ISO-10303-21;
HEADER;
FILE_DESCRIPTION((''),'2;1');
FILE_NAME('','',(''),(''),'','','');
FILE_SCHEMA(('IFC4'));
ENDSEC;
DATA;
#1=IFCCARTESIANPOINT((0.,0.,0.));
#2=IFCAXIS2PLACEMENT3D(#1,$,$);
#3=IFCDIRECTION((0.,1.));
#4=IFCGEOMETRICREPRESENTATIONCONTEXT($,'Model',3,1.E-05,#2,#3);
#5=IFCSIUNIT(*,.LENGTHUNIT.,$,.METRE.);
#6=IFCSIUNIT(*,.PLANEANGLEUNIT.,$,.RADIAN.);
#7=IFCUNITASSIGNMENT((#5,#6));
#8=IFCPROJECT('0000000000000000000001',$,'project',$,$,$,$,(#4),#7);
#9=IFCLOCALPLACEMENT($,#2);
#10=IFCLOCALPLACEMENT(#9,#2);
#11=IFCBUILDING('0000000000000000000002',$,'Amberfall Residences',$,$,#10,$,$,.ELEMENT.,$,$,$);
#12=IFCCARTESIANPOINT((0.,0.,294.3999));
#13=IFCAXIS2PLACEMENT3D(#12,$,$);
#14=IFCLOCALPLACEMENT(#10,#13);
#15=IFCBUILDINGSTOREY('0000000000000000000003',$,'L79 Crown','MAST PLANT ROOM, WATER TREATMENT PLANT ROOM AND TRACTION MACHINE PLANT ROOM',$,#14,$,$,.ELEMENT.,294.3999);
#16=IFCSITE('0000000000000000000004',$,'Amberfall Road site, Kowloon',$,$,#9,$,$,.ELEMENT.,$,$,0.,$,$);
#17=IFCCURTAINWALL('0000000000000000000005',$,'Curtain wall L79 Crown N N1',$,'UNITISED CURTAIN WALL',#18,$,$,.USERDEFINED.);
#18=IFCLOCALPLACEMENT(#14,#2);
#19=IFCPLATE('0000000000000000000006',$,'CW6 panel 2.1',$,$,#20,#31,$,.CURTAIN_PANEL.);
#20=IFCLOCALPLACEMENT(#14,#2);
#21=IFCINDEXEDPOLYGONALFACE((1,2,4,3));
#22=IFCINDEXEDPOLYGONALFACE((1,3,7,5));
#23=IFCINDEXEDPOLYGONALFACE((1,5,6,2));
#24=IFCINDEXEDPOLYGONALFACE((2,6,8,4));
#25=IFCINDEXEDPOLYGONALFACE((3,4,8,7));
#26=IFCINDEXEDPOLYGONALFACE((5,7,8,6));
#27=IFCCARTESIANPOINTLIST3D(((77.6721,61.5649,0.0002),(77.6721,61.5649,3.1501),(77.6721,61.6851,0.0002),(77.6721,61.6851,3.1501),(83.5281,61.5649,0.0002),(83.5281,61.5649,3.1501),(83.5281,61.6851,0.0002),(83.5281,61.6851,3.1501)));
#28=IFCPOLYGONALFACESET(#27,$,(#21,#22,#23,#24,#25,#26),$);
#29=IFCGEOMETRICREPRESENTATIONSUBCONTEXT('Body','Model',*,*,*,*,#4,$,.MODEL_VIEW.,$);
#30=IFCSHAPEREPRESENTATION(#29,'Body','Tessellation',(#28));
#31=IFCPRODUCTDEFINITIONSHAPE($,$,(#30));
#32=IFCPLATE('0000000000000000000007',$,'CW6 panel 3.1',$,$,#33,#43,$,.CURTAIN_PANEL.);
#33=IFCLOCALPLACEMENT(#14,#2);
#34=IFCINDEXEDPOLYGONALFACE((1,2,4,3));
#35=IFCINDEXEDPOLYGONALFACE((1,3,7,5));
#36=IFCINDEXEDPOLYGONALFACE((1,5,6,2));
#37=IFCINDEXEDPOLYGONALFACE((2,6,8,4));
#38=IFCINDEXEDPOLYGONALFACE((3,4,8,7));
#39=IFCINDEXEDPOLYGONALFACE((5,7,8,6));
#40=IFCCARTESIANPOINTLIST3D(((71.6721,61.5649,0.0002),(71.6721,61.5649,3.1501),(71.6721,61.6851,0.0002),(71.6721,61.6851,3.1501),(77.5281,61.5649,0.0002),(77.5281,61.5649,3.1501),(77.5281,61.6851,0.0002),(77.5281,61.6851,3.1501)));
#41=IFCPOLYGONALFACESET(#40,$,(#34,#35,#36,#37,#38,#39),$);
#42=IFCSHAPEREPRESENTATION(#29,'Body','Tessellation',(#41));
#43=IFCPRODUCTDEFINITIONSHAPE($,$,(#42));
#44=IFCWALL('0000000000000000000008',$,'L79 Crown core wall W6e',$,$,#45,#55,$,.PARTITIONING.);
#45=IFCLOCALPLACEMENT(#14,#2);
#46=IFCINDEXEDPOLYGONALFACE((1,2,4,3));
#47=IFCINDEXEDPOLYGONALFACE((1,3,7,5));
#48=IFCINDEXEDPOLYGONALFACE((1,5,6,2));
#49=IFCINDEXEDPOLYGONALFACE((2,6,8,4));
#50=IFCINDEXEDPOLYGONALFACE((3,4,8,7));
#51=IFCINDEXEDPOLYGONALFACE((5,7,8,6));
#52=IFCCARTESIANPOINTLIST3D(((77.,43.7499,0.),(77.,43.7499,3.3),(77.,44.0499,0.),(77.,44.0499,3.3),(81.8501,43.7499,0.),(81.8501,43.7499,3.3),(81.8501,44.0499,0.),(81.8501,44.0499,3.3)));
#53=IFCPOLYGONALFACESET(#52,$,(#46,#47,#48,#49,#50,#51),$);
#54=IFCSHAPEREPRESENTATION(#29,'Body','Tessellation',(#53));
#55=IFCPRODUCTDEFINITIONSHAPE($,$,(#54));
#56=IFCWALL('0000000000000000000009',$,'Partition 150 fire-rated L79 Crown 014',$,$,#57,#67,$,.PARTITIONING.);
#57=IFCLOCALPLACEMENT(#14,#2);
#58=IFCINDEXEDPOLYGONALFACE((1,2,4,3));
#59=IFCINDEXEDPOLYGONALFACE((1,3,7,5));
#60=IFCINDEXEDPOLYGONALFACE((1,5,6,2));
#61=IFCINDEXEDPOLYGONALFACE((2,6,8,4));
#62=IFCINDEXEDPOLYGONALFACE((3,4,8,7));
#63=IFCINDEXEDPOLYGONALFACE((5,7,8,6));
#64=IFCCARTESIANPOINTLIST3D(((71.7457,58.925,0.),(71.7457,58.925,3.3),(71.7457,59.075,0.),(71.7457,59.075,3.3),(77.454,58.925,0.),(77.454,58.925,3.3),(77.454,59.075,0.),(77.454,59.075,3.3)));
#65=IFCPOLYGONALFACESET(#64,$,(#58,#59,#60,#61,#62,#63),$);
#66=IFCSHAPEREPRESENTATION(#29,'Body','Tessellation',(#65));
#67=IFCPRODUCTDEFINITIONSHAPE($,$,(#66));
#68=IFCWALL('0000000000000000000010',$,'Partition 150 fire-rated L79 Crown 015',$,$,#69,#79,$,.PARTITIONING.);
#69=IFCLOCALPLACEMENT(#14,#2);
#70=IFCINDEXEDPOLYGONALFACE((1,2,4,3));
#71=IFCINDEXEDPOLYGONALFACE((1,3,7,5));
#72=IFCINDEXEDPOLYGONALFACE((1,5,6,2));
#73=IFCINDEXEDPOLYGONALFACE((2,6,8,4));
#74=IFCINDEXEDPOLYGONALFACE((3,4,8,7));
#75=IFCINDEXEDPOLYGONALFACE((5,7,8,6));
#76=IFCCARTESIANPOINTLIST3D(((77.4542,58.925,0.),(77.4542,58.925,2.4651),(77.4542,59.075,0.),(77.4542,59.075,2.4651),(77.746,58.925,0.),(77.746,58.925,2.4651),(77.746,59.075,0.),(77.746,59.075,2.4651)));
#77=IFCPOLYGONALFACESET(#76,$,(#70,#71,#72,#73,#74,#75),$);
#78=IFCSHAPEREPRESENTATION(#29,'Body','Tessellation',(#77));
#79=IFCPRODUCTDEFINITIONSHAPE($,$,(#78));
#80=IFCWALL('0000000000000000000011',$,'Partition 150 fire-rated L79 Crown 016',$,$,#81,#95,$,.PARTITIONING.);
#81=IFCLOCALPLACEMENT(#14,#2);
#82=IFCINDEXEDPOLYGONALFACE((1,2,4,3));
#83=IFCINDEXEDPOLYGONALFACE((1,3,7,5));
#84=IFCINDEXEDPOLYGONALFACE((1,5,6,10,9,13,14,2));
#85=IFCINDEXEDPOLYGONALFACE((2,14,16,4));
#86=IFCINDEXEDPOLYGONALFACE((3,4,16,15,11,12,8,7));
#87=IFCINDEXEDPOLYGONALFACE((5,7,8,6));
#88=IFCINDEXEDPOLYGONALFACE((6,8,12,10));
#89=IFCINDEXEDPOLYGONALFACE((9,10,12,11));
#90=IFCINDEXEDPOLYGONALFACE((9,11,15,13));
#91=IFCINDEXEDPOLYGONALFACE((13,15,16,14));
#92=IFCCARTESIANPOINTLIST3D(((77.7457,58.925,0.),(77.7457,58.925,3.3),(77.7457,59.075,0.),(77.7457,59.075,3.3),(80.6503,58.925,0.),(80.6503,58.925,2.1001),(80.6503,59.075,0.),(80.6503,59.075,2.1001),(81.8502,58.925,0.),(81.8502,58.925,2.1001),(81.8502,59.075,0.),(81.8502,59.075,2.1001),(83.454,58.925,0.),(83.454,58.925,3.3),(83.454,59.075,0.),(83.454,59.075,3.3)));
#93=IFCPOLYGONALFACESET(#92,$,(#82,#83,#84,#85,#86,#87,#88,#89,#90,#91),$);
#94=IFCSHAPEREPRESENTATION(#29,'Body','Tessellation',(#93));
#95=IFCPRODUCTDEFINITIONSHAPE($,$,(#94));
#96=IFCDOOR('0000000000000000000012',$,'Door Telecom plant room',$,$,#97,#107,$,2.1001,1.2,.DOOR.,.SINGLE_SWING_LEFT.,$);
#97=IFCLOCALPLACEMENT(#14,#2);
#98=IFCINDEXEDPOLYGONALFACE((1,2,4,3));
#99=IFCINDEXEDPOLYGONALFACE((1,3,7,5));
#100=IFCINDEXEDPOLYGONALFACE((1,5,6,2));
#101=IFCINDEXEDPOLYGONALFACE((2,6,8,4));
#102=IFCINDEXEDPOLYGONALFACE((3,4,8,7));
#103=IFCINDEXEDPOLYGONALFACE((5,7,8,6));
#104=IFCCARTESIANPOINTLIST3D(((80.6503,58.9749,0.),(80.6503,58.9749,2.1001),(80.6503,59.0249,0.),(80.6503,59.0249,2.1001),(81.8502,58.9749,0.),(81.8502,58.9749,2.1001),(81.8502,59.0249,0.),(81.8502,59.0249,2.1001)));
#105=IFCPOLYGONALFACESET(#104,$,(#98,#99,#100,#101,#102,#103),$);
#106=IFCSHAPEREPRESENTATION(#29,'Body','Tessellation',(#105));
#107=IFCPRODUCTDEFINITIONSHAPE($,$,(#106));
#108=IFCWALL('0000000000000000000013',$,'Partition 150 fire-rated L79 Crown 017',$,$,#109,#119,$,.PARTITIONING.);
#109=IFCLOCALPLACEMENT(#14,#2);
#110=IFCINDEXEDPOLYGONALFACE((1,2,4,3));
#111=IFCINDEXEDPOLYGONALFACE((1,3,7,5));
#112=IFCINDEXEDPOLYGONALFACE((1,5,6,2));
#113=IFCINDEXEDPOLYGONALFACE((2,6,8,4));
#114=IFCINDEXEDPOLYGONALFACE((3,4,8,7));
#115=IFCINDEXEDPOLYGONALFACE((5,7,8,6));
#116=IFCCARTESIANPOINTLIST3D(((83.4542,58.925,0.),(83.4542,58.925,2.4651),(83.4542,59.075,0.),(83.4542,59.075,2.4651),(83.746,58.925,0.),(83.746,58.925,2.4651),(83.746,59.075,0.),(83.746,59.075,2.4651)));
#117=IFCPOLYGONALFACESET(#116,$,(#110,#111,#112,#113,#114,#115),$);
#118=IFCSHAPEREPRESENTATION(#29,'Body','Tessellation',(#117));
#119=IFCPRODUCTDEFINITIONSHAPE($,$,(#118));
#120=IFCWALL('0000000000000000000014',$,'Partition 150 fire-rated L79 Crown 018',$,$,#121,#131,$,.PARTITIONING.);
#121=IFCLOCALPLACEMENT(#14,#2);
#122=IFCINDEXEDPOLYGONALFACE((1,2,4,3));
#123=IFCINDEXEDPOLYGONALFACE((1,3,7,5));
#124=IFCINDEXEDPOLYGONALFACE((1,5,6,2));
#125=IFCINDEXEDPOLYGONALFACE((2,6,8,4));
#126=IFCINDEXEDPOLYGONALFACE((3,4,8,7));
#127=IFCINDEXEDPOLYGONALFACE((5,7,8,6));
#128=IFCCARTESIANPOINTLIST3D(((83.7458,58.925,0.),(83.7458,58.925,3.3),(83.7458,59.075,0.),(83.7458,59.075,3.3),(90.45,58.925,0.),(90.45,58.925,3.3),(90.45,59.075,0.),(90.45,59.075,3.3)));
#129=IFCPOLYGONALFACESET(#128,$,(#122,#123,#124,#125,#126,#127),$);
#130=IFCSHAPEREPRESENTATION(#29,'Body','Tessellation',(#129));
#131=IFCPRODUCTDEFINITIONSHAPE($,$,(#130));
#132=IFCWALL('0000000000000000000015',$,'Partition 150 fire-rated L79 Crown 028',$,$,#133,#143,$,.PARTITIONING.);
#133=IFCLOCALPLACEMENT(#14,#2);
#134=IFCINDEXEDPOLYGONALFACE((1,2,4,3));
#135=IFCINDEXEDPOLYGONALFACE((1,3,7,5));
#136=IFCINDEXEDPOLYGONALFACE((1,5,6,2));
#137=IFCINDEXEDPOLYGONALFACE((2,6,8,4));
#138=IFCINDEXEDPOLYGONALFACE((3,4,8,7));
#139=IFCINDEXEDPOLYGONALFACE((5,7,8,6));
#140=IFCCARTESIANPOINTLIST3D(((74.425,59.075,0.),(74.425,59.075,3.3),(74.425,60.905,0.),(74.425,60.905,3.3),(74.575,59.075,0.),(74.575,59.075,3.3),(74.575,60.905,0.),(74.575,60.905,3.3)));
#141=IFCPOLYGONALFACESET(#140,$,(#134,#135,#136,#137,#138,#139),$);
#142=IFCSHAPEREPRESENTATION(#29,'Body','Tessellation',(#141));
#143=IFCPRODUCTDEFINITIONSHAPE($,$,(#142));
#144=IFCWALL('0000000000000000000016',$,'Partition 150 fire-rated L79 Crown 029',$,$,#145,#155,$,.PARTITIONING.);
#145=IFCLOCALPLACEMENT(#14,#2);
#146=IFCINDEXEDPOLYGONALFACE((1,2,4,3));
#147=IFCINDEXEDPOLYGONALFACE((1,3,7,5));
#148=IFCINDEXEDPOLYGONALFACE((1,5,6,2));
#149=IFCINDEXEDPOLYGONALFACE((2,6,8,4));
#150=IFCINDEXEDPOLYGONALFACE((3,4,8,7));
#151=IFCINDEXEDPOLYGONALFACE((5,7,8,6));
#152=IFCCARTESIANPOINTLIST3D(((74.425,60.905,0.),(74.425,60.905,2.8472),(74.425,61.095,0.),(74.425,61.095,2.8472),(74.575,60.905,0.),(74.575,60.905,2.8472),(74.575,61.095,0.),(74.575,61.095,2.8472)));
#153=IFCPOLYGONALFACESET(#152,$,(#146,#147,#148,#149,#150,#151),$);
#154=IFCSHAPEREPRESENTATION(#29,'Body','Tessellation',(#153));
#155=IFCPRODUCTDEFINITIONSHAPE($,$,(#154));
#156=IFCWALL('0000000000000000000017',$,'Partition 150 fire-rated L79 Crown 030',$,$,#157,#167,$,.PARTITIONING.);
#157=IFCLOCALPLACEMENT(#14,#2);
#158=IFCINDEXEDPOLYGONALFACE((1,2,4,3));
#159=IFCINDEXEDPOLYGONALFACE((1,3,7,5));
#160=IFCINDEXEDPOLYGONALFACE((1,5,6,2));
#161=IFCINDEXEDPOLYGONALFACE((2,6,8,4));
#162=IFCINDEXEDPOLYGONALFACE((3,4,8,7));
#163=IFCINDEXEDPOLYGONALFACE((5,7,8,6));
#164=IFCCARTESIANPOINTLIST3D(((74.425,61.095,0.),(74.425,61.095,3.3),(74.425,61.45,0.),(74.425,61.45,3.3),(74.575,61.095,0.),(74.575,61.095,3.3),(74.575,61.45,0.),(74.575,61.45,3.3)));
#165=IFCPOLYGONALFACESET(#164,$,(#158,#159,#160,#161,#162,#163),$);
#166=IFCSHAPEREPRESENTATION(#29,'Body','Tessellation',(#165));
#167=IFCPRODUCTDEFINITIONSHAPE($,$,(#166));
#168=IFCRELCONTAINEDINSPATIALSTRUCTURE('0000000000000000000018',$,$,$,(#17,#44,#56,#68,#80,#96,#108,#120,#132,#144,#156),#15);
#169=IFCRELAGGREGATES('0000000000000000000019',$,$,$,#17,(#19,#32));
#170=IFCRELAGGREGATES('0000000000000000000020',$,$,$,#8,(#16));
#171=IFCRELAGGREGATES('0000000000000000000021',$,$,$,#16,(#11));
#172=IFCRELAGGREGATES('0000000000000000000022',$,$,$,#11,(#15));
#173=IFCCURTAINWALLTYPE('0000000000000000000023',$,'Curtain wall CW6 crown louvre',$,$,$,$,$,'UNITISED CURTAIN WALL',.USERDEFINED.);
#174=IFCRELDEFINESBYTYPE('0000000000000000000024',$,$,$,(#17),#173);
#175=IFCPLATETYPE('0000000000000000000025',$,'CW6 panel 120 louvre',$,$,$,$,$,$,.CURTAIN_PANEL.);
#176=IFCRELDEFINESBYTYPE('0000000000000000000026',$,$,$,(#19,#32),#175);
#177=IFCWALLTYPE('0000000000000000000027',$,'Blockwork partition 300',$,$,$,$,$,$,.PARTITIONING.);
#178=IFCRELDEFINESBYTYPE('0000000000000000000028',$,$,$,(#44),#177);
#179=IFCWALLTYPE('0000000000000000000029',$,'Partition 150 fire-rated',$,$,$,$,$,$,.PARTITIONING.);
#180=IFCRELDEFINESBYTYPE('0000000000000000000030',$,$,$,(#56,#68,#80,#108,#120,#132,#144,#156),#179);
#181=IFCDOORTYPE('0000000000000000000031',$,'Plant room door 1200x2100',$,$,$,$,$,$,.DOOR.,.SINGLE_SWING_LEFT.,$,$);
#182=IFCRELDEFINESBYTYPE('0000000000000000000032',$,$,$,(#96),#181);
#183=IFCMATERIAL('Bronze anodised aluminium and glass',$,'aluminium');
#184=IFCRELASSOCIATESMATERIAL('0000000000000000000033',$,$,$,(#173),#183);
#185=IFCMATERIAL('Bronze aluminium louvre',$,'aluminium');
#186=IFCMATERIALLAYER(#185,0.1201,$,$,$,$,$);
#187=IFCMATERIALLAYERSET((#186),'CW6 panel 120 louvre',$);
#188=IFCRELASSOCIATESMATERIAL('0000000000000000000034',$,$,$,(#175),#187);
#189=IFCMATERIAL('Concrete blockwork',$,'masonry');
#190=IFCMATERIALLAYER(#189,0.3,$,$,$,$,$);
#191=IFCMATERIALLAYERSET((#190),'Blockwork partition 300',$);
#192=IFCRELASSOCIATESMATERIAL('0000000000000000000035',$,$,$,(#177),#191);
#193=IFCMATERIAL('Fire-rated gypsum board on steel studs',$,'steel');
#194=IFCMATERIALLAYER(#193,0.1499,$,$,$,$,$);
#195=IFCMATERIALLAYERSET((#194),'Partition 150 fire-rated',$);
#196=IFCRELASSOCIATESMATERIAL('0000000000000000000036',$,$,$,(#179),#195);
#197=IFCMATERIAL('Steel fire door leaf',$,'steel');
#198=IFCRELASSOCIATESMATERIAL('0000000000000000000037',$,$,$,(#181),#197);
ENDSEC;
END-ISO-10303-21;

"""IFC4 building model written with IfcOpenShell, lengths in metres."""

from ifc_helpers import new_model, si_unit, direction, frame, frame_2d, origin, origin_2d, place, context, subcontext, project, spatial, rectangle, extrude, material, layer, layer_set, type_object, element, fill, aggregate, save


model = new_model("IFC4")

# Units and contexts
model_context = context("Model", 3, precision=1e-05, world=origin(), true_north=direction((0.0, 1.0)))
body_context = subcontext(model_context, "Body", "Model", "MODEL_VIEW")
ifc_project = project(units=[si_unit("LENGTHUNIT", "METRE"), si_unit("PLANEANGLEUNIT", "RADIAN")], contexts=[model_context])

# Site, building, storey
site_placement = place(None, origin())
site = spatial("IfcSite", under=ifc_project, at=site_placement, Name="Amberfall Road site, Kowloon", CompositionType="ELEMENT", RefElevation=0.0)
building_placement = place(site_placement, origin())
building = spatial("IfcBuilding", under=site, at=building_placement, Name="Amberfall Residences", CompositionType="ELEMENT")
storey_placement = place(building_placement, frame((0.0, 0.0, 294.3999)))
storey = spatial("IfcBuildingStorey", under=building, at=storey_placement, Name="L79 Crown", Description="MAST PLANT ROOM, WATER TREATMENT PLANT ROOM AND TRACTION MACHINE PLANT ROOM", CompositionType="ELEMENT", Elevation=294.3999)

# Curtain wall
ifc_material_1 = material(Name="Bronze anodised aluminium and glass", Category="aluminium")
curtain_wall_type = type_object("IfcCurtainWallType", Name="Curtain wall CW6 crown louvre", ElementType="UNITISED CURTAIN WALL", PredefinedType="USERDEFINED", material=ifc_material_1)
curtain_wall_placement = place(storey_placement, origin())
curtain_wall = element("IfcCurtainWall", 1, at=curtain_wall_placement, inside=storey, type_object=curtain_wall_type, Name="Curtain wall L79 Crown N N1", ObjectType="UNITISED CURTAIN WALL", PredefinedType="USERDEFINED")

# Plates
ifc_material_2 = material(Name="Bronze aluminium louvre", Category="aluminium")
ifc_layer_1 = layer(ifc_material_2, 0.1201)
ifc_layer_set_1 = layer_set([ifc_layer_1], Name="CW6 panel 120 louvre")
plate_type = type_object("IfcPlateType", Name="CW6 panel 120 louvre", PredefinedType="CURTAIN_PANEL", material=ifc_layer_set_1)
plate_1_placement = place(storey_placement, frame((80.6001, 61.625, 0.0002), z_axis=(0.0, 0.0, 1.0), x_axis=(-1.0, 0.0, 0.0)))
plate_1 = element("IfcPlate", 2, at=plate_1_placement, type_object=plate_type, Name="CW6 panel 2.1", PredefinedType="CURTAIN_PANEL", context=body_context, shape_type="SweptSolid", body=[
    extrude(rectangle(XDim=5.856, YDim=0.1201, at=origin_2d()), origin(), (0.0, 0.0, 1.0), 3.1499),
])
plate_2_placement = place(storey_placement, frame((74.6001, 61.625, 0.0002), z_axis=(0.0, 0.0, 1.0), x_axis=(-1.0, 0.0, 0.0)))
plate_2 = element("IfcPlate", 3, at=plate_2_placement, type_object=plate_type, Name="CW6 panel 3.1", PredefinedType="CURTAIN_PANEL", context=body_context, shape_type="SweptSolid", body=[
    extrude(rectangle(XDim=5.856, YDim=0.1201, at=origin_2d()), origin(), (0.0, 0.0, 1.0), 3.1499),
])
aggregate(curtain_wall, [plate_1, plate_2])

# Walls
ifc_material_3 = material(Name="Concrete blockwork", Category="masonry")
ifc_layer_2 = layer(ifc_material_3, 0.3)
ifc_layer_set_2 = layer_set([ifc_layer_2], Name="Blockwork partition 300")
wall_type_1 = type_object("IfcWallType", Name="Blockwork partition 300", PredefinedType="PARTITIONING", material=ifc_layer_set_2)
wall_1_placement = place(storey_placement, frame((77.0, 43.8999, 0.0), z_axis=(0.0, 0.0, 1.0), x_axis=(1.0, 0.0, 0.0)))
element("IfcWall", 4, at=wall_1_placement, inside=storey, type_object=wall_type_1, Name="L79 Crown core wall W6e", PredefinedType="PARTITIONING", context=body_context, shape_type="SweptSolid", body=[
    extrude(rectangle(XDim=4.8501, YDim=0.3, at=frame_2d((2.425, 0.0))), origin(), (0.0, 0.0, 1.0), 3.3),
])
ifc_material_4 = material(Name="Fire-rated gypsum board on steel studs", Category="steel")
ifc_layer_3 = layer(ifc_material_4, 0.1499)
ifc_layer_set_3 = layer_set([ifc_layer_3], Name="Partition 150 fire-rated")
wall_type_2 = type_object("IfcWallType", Name="Partition 150 fire-rated", PredefinedType="PARTITIONING", material=ifc_layer_set_3)
wall_2_placement = place(storey_placement, frame((71.7458, 59.0, 0.0), z_axis=(0.0, 0.0, 1.0), x_axis=(1.0, 0.0, 0.0)))
element("IfcWall", 5, at=wall_2_placement, inside=storey, type_object=wall_type_2, Name="Partition 150 fire-rated L79 Crown 014", PredefinedType="PARTITIONING", context=body_context, shape_type="SweptSolid", body=[
    extrude(rectangle(XDim=5.7083, YDim=0.1499, at=frame_2d((2.854, 0.0))), origin(), (0.0, 0.0, 1.0), 3.3),
])
wall_3_placement = place(storey_placement, frame((77.4541, 59.0, 0.0), z_axis=(0.0, 0.0, 1.0), x_axis=(1.0, 0.0, 0.0)))
element("IfcWall", 6, at=wall_3_placement, inside=storey, type_object=wall_type_2, Name="Partition 150 fire-rated L79 Crown 015", PredefinedType="PARTITIONING", context=body_context, shape_type="SweptSolid", body=[
    extrude(rectangle(XDim=0.2917, YDim=0.1499, at=frame_2d((0.146, 0.0))), origin(), (0.0, 0.0, 1.0), 2.4651),
])

# Wall, opening, door
wall_4_placement = place(storey_placement, frame((77.7458, 59.0, 0.0), z_axis=(0.0, 0.0, 1.0), x_axis=(1.0, 0.0, 0.0)))
wall_4 = element("IfcWall", 7, at=wall_4_placement, inside=storey, type_object=wall_type_2, Name="Partition 150 fire-rated L79 Crown 016", PredefinedType="PARTITIONING", context=body_context, shape_type="SweptSolid", body=[
    extrude(rectangle(XDim=5.7083, YDim=0.1499, at=frame_2d((2.854, 0.0))), origin(), (0.0, 0.0, 1.0), 3.3),
])
opening_1_placement = place(wall_4_placement, frame((2.9043, 0.0, 0.0)))
opening_1 = element("IfcOpeningElement", 8, at=opening_1_placement, cuts=wall_4, PredefinedType="OPENING", context=body_context, shape_type="SweptSolid", body=[
    extrude(rectangle(XDim=1.2, YDim=2.1001, at=frame_2d((0.6001, 1.05))), frame((0.0, 0.085, 0.0), z_axis=(0.0, -1.0, 0.0), x_axis=(1.0, 0.0, 0.0)), (0.0, 0.0, 1.0), 0.1699),
])
ifc_material_5 = material(Name="Steel fire door leaf", Category="steel")
door_type_1 = type_object("IfcDoorType", Name="Plant room door 1200x2100", OperationType="SINGLE_SWING_LEFT", PredefinedType="DOOR", material=ifc_material_5)
door_1_placement = place(opening_1_placement, origin())
door_1 = element("IfcDoor", 9, at=door_1_placement, inside=storey, type_object=door_type_1, Name="Door Telecom plant room", OperationType="SINGLE_SWING_LEFT", OverallHeight=2.1001, OverallWidth=1.2, PredefinedType="DOOR", context=body_context, shape_type="SweptSolid", body=[
    extrude(rectangle(XDim=1.2, YDim=2.1001, at=frame_2d((0.6001, 1.05))), frame((0.0, 0.0249, 0.0), z_axis=(0.0, -1.0, 0.0), x_axis=(1.0, 0.0, 0.0)), (0.0, 0.0, 1.0), 0.05),
])
fill(opening_1, door_1)

# Walls
wall_5_placement = place(storey_placement, frame((83.4541, 59.0, 0.0), z_axis=(0.0, 0.0, 1.0), x_axis=(1.0, 0.0, 0.0)))
element("IfcWall", 10, at=wall_5_placement, inside=storey, type_object=wall_type_2, Name="Partition 150 fire-rated L79 Crown 017", PredefinedType="PARTITIONING", context=body_context, shape_type="SweptSolid", body=[
    extrude(rectangle(XDim=0.2917, YDim=0.1499, at=frame_2d((0.146, 0.0))), origin(), (0.0, 0.0, 1.0), 2.4651),
])
wall_6_placement = place(storey_placement, frame((83.7458, 59.0, 0.0), z_axis=(0.0, 0.0, 1.0), x_axis=(1.0, 0.0, 0.0)))
element("IfcWall", 11, at=wall_6_placement, inside=storey, type_object=wall_type_2, Name="Partition 150 fire-rated L79 Crown 018", PredefinedType="PARTITIONING", context=body_context, shape_type="SweptSolid", body=[
    extrude(rectangle(XDim=6.7041, YDim=0.1499, at=frame_2d((3.3521, 0.0))), origin(), (0.0, 0.0, 1.0), 3.3),
])
wall_7_placement = place(storey_placement, frame((74.5, 59.075, 0.0), z_axis=(0.0, 0.0, 1.0), x_axis=(0.0, 1.0, 0.0)))
element("IfcWall", 12, at=wall_7_placement, inside=storey, type_object=wall_type_2, Name="Partition 150 fire-rated L79 Crown 028", PredefinedType="PARTITIONING", context=body_context, shape_type="SweptSolid", body=[
    extrude(rectangle(XDim=1.8301, YDim=0.1499, at=frame_2d((0.915, 0.0))), origin(), (0.0, 0.0, 1.0), 3.3),
])
wall_8_placement = place(storey_placement, frame((74.5, 60.905, 0.0), z_axis=(0.0, 0.0, 1.0), x_axis=(0.0, 1.0, 0.0)))
element("IfcWall", 13, at=wall_8_placement, inside=storey, type_object=wall_type_2, Name="Partition 150 fire-rated L79 Crown 029", PredefinedType="PARTITIONING", context=body_context, shape_type="SweptSolid", body=[
    extrude(rectangle(XDim=0.1899, YDim=0.1499, at=frame_2d((0.095, 0.0))), origin(), (0.0, 0.0, 1.0), 2.8472),
])
wall_9_placement = place(storey_placement, frame((74.5, 61.095, 0.0), z_axis=(0.0, 0.0, 1.0), x_axis=(0.0, 1.0, 0.0)))
element("IfcWall", 14, at=wall_9_placement, inside=storey, type_object=wall_type_2, Name="Partition 150 fire-rated L79 Crown 030", PredefinedType="PARTITIONING", context=body_context, shape_type="SweptSolid", body=[
    extrude(rectangle(XDim=0.355, YDim=0.1499, at=frame_2d((0.1775, 0.0))), origin(), (0.0, 0.0, 1.0), 3.3),
])

save(model, "model.ifc")
